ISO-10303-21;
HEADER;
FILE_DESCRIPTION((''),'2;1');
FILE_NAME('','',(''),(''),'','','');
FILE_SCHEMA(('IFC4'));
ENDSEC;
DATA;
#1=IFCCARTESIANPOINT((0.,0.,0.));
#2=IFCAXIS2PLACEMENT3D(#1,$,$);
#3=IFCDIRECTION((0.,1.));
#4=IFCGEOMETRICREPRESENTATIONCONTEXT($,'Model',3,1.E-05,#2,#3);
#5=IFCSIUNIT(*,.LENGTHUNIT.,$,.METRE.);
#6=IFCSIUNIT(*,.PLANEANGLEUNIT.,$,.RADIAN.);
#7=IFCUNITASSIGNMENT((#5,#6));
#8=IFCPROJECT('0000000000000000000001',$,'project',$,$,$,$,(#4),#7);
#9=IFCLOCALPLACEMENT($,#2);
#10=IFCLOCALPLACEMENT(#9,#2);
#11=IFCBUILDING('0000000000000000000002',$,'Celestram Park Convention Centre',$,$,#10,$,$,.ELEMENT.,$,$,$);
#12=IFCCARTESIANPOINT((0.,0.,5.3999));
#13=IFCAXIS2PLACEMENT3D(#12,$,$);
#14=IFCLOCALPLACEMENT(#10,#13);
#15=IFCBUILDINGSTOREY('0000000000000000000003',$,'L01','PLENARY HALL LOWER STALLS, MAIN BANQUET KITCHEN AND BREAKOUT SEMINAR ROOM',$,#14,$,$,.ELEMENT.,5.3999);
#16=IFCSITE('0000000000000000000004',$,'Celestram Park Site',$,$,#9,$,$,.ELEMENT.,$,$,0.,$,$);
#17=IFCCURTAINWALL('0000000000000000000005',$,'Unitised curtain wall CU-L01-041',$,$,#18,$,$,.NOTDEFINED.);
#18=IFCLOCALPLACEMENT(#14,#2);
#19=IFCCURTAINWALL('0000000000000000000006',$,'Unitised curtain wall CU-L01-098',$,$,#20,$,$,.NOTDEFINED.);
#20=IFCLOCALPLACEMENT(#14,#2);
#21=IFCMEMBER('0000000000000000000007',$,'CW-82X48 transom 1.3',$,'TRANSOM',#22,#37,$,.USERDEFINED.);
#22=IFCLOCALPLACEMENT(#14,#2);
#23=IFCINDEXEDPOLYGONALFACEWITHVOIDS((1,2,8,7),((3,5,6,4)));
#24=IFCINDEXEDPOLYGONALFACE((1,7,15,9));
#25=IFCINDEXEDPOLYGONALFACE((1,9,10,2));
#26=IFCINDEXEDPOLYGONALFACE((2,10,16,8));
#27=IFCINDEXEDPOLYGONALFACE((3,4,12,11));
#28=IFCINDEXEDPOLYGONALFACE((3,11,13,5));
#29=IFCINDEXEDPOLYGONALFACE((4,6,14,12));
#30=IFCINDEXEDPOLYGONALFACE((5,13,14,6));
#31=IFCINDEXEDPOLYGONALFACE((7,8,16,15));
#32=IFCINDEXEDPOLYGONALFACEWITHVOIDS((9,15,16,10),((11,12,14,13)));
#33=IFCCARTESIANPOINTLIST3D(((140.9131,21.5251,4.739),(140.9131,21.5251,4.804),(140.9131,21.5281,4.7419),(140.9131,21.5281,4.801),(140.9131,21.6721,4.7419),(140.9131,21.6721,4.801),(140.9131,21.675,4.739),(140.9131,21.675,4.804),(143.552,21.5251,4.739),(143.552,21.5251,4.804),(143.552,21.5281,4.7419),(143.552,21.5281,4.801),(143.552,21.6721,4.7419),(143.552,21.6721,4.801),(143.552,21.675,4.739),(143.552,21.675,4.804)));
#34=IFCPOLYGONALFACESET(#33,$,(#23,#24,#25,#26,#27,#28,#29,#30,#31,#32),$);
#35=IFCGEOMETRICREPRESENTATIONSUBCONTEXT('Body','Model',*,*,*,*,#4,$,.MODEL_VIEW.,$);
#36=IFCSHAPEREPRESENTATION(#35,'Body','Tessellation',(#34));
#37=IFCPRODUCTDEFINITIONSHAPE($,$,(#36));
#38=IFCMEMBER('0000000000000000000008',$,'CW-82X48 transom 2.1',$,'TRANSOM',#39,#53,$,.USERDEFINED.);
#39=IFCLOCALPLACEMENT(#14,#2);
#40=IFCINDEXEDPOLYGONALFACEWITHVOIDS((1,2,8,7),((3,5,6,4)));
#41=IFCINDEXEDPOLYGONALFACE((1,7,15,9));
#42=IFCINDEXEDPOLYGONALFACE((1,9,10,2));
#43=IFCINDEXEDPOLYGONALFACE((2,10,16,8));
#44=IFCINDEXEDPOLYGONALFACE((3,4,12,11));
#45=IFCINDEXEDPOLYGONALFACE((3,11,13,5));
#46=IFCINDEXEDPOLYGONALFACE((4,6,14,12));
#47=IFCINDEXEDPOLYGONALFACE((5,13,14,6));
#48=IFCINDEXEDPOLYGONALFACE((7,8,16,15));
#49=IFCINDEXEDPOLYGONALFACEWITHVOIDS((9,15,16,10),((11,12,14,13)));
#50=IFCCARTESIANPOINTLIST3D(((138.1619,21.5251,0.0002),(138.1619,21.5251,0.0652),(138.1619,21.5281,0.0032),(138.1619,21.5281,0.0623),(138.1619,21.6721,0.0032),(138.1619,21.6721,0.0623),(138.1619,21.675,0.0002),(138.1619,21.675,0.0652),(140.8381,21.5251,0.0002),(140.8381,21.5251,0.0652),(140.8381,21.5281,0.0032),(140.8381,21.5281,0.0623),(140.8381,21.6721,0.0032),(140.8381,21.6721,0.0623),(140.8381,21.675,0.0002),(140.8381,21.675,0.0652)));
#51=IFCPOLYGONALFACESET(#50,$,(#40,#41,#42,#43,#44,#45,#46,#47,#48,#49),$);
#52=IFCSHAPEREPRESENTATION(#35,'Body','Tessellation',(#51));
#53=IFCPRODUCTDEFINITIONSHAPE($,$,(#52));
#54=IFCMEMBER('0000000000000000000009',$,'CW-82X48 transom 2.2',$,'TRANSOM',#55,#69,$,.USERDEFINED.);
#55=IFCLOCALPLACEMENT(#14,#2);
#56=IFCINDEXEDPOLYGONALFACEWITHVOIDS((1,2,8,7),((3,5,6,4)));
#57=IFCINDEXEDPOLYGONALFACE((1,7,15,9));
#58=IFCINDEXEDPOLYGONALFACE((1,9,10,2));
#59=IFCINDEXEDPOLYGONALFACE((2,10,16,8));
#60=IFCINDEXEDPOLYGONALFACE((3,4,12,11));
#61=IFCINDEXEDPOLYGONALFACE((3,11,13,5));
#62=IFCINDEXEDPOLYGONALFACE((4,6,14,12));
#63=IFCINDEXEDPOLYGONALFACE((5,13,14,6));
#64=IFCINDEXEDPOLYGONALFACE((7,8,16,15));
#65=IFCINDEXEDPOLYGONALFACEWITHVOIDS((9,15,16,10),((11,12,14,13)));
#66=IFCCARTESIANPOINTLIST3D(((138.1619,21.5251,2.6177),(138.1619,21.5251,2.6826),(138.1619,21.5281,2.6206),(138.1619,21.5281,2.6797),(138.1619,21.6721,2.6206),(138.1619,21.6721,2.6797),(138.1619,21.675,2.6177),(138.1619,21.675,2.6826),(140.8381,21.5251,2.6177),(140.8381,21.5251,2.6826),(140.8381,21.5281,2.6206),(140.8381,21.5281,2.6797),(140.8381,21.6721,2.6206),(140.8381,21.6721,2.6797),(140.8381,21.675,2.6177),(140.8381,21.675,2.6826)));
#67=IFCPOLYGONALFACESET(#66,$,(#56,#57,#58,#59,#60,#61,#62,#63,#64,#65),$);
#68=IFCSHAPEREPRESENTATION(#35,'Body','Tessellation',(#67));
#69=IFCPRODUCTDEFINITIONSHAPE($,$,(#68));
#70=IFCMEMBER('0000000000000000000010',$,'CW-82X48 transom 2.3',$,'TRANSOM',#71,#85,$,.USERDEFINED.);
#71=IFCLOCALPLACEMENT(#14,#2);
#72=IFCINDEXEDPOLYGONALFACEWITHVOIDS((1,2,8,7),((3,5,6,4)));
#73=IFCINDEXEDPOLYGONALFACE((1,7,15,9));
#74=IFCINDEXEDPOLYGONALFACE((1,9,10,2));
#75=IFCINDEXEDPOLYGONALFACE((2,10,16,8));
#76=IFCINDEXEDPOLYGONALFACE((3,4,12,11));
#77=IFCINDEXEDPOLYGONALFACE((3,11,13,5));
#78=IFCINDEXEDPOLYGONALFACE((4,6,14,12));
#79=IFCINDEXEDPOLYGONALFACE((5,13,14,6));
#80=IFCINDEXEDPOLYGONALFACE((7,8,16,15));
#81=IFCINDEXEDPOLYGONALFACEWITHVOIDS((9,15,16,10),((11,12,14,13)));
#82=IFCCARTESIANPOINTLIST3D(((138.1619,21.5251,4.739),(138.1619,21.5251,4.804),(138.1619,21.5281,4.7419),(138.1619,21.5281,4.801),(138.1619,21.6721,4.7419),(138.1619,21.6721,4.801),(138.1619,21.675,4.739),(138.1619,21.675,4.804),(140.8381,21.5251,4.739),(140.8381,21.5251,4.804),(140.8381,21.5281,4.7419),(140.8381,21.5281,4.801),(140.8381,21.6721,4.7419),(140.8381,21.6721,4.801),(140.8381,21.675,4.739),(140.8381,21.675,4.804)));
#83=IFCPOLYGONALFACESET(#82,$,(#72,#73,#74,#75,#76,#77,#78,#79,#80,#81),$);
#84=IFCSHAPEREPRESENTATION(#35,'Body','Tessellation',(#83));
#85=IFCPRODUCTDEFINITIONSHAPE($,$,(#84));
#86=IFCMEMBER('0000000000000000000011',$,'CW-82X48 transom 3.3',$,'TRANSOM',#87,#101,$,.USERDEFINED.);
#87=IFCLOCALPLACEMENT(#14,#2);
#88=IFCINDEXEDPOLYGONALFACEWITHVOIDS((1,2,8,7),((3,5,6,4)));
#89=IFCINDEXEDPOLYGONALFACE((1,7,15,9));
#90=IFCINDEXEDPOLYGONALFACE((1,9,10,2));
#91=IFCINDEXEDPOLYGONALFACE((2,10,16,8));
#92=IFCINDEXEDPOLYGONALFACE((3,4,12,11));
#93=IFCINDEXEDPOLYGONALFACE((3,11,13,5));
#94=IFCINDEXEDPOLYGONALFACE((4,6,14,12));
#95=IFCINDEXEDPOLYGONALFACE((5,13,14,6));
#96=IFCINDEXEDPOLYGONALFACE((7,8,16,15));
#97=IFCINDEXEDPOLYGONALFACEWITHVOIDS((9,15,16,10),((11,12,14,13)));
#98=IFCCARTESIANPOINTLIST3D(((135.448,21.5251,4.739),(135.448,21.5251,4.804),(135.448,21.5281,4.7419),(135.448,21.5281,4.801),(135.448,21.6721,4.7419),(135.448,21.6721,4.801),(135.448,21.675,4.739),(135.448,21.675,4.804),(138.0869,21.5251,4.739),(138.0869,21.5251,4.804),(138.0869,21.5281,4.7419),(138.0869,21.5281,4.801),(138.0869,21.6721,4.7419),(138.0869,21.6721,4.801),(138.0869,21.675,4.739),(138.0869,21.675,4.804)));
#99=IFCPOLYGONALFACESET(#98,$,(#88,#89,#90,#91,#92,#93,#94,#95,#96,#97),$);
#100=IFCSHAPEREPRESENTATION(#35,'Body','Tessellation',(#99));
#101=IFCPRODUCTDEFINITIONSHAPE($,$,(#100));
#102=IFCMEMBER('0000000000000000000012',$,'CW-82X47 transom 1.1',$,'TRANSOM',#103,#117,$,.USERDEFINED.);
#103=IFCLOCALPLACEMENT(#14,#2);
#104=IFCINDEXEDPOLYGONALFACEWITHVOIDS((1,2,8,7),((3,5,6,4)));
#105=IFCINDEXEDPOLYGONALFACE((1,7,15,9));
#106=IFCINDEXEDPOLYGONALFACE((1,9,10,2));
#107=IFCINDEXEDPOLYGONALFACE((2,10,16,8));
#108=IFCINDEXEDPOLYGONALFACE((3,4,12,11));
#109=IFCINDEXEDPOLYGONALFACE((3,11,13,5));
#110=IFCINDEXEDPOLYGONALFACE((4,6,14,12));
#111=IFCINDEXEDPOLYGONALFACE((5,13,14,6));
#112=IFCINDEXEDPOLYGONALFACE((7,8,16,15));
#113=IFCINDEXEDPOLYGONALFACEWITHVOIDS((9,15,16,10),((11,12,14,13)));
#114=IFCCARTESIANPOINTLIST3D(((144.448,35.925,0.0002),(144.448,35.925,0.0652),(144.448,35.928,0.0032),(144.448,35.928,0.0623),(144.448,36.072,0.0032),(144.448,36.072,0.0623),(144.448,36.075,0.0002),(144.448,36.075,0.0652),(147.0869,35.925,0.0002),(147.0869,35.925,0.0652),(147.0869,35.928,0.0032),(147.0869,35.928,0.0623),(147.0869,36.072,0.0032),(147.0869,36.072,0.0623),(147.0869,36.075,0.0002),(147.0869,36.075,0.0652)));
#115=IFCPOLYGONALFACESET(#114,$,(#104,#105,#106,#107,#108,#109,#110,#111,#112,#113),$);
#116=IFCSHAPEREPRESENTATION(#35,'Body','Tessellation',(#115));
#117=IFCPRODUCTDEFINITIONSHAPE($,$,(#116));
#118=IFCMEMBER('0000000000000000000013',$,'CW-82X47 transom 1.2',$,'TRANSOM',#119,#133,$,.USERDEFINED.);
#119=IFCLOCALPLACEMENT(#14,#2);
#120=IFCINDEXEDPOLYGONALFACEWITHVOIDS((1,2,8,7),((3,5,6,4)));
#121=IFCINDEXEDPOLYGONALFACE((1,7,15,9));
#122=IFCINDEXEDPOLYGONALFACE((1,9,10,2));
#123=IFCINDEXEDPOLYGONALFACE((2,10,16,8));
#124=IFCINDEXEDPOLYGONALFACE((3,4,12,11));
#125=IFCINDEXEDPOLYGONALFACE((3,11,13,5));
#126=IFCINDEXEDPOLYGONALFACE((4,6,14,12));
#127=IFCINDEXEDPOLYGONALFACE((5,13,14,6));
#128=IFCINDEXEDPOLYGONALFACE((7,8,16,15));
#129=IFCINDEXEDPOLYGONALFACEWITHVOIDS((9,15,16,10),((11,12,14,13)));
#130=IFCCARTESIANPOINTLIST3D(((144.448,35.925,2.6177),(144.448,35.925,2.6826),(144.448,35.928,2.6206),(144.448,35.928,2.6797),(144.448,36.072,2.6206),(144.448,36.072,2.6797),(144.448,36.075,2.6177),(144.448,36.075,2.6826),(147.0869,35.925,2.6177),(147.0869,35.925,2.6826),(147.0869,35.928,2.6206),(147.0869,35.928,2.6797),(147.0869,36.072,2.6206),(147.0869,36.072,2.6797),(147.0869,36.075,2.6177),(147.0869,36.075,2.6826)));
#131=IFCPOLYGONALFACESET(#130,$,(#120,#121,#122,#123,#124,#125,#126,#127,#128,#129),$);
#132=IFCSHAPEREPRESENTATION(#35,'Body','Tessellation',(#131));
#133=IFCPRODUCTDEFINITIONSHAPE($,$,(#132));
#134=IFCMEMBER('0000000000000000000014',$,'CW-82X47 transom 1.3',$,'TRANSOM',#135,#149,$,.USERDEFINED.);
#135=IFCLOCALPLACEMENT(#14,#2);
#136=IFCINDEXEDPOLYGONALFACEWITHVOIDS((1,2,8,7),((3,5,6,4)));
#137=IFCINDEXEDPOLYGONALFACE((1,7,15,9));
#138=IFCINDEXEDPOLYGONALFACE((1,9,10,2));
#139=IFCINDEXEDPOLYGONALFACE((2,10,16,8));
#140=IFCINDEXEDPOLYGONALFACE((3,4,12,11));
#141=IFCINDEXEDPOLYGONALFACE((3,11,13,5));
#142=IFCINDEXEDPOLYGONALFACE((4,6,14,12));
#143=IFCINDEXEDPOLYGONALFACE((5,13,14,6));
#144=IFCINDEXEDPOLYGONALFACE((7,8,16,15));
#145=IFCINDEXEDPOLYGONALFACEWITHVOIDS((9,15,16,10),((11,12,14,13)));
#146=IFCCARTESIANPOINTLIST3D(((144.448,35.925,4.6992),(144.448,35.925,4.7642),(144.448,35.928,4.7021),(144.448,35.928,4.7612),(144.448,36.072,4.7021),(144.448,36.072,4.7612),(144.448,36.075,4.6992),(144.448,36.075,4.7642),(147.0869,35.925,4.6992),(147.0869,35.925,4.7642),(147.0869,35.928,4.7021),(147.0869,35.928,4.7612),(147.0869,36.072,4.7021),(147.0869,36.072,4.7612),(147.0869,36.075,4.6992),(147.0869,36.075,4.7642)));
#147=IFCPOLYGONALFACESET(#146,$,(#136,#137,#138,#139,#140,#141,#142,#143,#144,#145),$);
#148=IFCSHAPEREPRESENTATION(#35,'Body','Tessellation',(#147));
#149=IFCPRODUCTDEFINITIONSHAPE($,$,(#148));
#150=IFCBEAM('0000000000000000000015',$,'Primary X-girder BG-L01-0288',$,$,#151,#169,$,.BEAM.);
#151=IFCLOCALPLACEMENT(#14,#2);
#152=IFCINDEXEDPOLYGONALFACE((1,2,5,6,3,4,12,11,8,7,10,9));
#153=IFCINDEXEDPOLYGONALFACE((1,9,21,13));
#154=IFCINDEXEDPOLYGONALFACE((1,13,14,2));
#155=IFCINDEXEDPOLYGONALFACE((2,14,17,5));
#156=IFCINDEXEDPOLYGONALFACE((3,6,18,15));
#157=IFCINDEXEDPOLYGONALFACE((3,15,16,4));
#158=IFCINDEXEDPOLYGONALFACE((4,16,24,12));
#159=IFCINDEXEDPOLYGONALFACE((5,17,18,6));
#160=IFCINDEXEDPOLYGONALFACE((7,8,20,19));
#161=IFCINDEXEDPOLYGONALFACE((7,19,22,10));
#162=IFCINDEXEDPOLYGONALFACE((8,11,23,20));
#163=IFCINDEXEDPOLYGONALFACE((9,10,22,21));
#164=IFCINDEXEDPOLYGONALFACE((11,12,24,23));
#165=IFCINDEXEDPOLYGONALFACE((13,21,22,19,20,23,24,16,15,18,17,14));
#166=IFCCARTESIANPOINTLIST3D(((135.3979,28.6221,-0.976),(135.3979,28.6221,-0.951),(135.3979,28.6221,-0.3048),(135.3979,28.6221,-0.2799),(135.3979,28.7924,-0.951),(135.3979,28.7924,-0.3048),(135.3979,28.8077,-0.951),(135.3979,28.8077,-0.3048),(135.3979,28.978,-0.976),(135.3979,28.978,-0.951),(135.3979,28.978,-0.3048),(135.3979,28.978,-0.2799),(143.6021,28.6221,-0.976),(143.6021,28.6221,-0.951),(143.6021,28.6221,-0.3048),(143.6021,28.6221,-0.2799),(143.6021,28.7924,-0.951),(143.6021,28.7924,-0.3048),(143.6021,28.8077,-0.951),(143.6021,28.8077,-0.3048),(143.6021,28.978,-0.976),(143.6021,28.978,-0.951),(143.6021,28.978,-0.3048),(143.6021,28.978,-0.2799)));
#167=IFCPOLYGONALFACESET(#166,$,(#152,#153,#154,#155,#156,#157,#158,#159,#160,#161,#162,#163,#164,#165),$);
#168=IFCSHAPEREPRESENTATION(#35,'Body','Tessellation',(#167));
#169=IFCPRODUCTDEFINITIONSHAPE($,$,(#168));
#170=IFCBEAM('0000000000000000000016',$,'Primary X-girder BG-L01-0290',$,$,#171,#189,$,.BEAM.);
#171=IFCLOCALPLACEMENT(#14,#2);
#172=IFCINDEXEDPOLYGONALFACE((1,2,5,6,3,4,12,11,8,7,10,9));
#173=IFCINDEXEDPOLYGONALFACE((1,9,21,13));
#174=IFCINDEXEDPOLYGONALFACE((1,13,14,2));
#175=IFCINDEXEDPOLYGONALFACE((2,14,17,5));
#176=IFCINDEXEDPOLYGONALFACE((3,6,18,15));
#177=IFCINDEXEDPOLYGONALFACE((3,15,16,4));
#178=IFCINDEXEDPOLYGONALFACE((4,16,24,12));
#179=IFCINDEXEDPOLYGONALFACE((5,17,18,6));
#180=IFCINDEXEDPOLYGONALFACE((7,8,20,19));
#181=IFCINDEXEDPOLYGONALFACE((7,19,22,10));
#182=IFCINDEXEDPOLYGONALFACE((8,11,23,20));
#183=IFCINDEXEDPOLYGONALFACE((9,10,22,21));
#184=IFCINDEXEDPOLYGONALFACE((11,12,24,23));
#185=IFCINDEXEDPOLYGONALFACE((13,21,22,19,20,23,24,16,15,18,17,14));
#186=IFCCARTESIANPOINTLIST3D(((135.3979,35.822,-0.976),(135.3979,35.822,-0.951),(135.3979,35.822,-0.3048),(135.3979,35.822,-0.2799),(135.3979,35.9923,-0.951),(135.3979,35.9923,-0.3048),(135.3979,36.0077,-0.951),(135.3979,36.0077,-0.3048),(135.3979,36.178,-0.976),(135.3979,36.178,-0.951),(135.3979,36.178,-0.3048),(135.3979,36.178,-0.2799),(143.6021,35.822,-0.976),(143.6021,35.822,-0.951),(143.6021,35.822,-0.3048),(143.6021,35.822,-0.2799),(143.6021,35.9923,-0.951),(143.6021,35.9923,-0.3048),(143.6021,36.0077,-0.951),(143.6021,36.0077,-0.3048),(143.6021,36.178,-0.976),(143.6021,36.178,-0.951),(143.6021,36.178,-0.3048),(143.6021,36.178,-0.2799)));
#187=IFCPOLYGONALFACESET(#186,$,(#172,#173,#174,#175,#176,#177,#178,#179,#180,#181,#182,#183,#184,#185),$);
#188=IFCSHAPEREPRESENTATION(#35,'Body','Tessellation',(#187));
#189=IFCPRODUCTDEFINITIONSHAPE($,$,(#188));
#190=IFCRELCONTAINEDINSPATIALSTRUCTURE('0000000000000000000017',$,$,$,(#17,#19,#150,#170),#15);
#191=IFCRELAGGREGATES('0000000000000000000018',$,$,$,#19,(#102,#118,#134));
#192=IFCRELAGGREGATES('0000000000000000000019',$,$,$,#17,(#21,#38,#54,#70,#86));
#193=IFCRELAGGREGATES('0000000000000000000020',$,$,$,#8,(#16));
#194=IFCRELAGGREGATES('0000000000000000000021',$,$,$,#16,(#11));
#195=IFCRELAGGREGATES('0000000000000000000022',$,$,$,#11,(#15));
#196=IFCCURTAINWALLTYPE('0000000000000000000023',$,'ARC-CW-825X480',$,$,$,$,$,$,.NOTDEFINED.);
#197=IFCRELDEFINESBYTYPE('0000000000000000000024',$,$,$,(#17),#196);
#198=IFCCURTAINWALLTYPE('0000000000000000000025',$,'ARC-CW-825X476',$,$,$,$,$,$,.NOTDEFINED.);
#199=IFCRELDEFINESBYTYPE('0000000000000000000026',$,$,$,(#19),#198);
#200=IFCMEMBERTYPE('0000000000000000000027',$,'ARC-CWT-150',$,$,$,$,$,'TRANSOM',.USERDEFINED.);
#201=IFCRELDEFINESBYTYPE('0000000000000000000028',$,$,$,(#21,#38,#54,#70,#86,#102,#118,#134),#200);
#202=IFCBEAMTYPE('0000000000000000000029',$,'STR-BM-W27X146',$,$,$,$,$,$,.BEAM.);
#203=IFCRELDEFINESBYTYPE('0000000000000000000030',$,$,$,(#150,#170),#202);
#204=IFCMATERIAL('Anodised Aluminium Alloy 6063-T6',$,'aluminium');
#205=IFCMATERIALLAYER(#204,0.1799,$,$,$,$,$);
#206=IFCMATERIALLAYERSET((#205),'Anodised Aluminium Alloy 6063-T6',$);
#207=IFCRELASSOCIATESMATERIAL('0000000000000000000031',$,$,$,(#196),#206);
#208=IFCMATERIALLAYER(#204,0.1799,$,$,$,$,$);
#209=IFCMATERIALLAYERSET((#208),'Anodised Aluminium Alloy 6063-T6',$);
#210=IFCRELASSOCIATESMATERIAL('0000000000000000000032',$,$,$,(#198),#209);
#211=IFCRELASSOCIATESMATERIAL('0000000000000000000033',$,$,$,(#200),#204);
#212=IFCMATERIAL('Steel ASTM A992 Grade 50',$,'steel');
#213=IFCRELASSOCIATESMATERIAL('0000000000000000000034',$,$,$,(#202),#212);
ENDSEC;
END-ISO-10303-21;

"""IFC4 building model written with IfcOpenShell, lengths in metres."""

from ifc_helpers import new_model, si_unit, direction, frame, origin, origin_2d, place, context, subcontext, project, spatial, hollow_rectangle, i_section, extrude, material, layer, layer_set, material_profile, profile_set, type_object, element, aggregate, save


model = new_model("IFC4")

# Units and contexts
model_context = context("Model", 3, precision=1e-05, world=origin(), true_north=direction((0.0, 1.0)))
body_context = subcontext(model_context, "Body", "Model", "MODEL_VIEW")
ifc_project = project(units=[si_unit("LENGTHUNIT", "METRE"), si_unit("PLANEANGLEUNIT", "RADIAN")], contexts=[model_context])

# Site, building, storey
site_placement = place(None, origin())
site = spatial("IfcSite", under=ifc_project, at=site_placement, Name="Celestram Park Site", CompositionType="ELEMENT", RefElevation=0.0)
building_placement = place(site_placement, origin())
building = spatial("IfcBuilding", under=site, at=building_placement, Name="Celestram Park Convention Centre", CompositionType="ELEMENT")
storey_placement = place(building_placement, frame((0.0, 0.0, 5.3999)))
storey = spatial("IfcBuildingStorey", under=building, at=storey_placement, Name="L01", Description="PLENARY HALL LOWER STALLS, MAIN BANQUET KITCHEN AND BREAKOUT SEMINAR ROOM", CompositionType="ELEMENT", Elevation=5.3999)

# Shared definitions
ifc_material_1 = material(Name="Anodised Aluminium Alloy 6063-T6", Category="aluminium")

# Curtain wall
ifc_layer_1 = layer(ifc_material_1, 0.1799)
ifc_layer_set_1 = layer_set([ifc_layer_1], Name="Anodised Aluminium Alloy 6063-T6")
curtain_wall_type_1 = type_object("IfcCurtainWallType", Name="ARC-CW-825X480", PredefinedType="NOTDEFINED", material=ifc_layer_set_1)
curtain_wall_1_placement = place(storey_placement, origin())
curtain_wall_1 = element("IfcCurtainWall", 1, at=curtain_wall_1_placement, inside=storey, type_object=curtain_wall_type_1, Name="Unitised curtain wall CU-L01-041", PredefinedType="NOTDEFINED")

# Curtain wall
ifc_layer_2 = layer(ifc_material_1, 0.1799)
ifc_layer_set_2 = layer_set([ifc_layer_2], Name="Anodised Aluminium Alloy 6063-T6")
curtain_wall_type_2 = type_object("IfcCurtainWallType", Name="ARC-CW-825X476", PredefinedType="NOTDEFINED", material=ifc_layer_set_2)
curtain_wall_2_placement = place(storey_placement, origin())
curtain_wall_2 = element("IfcCurtainWall", 2, at=curtain_wall_2_placement, inside=storey, type_object=curtain_wall_type_2, Name="Unitised curtain wall CU-L01-098", PredefinedType="NOTDEFINED")

# Members
ifc_material_profile_1 = material_profile(ifc_material_1, hollow_rectangle(XDim=0.1499, YDim=0.0649, WallThickness=0.0029, at=origin_2d()), Name="ALU150X65X3")
ifc_profile_set_1 = profile_set([ifc_material_profile_1], Name="Anodised Aluminium Alloy 6063-T6")
member_type_1 = type_object("IfcMemberType", Name="ARC-CWT-150", ElementType="TRANSOM", PredefinedType="USERDEFINED", material=ifc_profile_set_1)
member_1_placement = place(storey_placement, frame((143.552, 21.6001, 4.7715), z_axis=(-1.0, 0.0, 0.0), x_axis=(0.0, -1.0, 0.0)))
member_1 = element("IfcMember", 3, at=member_1_placement, type_object=member_type_1, Name="CW-82X48 transom 1.3", ObjectType="TRANSOM", PredefinedType="USERDEFINED", context=body_context, shape_type="SweptSolid", body=[
    extrude(hollow_rectangle(XDim=0.1499, YDim=0.0649, WallThickness=0.0029, at=origin_2d()), origin(), (0.0, 0.0, 1.0), 2.6389),
])
member_2_placement = place(storey_placement, frame((140.8381, 21.6001, 0.0327), z_axis=(-1.0, 0.0, 0.0), x_axis=(0.0, -1.0, 0.0)))
member_2 = element("IfcMember", 4, at=member_2_placement, type_object=member_type_1, Name="CW-82X48 transom 2.1", ObjectType="TRANSOM", PredefinedType="USERDEFINED", context=body_context, shape_type="SweptSolid", body=[
    extrude(hollow_rectangle(XDim=0.1499, YDim=0.0649, WallThickness=0.0029, at=origin_2d()), origin(), (0.0, 0.0, 1.0), 2.6763),
])
member_3_placement = place(storey_placement, frame((140.8381, 21.6001, 2.6501), z_axis=(-1.0, 0.0, 0.0), x_axis=(0.0, -1.0, 0.0)))
member_3 = element("IfcMember", 5, at=member_3_placement, type_object=member_type_1, Name="CW-82X48 transom 2.2", ObjectType="TRANSOM", PredefinedType="USERDEFINED", context=body_context, shape_type="SweptSolid", body=[
    extrude(hollow_rectangle(XDim=0.1499, YDim=0.0649, WallThickness=0.0029, at=origin_2d()), origin(), (0.0, 0.0, 1.0), 2.6763),
])
member_4_placement = place(storey_placement, frame((140.8381, 21.6001, 4.7715), z_axis=(-1.0, 0.0, 0.0), x_axis=(0.0, -1.0, 0.0)))
member_4 = element("IfcMember", 6, at=member_4_placement, type_object=member_type_1, Name="CW-82X48 transom 2.3", ObjectType="TRANSOM", PredefinedType="USERDEFINED", context=body_context, shape_type="SweptSolid", body=[
    extrude(hollow_rectangle(XDim=0.1499, YDim=0.0649, WallThickness=0.0029, at=origin_2d()), origin(), (0.0, 0.0, 1.0), 2.6763),
])
member_5_placement = place(storey_placement, frame((138.0869, 21.6001, 4.7715), z_axis=(-1.0, 0.0, 0.0), x_axis=(0.0, -1.0, 0.0)))
member_5 = element("IfcMember", 7, at=member_5_placement, type_object=member_type_1, Name="CW-82X48 transom 3.3", ObjectType="TRANSOM", PredefinedType="USERDEFINED", context=body_context, shape_type="SweptSolid", body=[
    extrude(hollow_rectangle(XDim=0.1499, YDim=0.0649, WallThickness=0.0029, at=origin_2d()), origin(), (0.0, 0.0, 1.0), 2.6389),
])
member_6_placement = place(storey_placement, frame((144.448, 36.0, 0.0327), z_axis=(1.0, 0.0, 0.0), x_axis=(0.0, 1.0, 0.0)))
member_6 = element("IfcMember", 8, at=member_6_placement, type_object=member_type_1, Name="CW-82X47 transom 1.1", ObjectType="TRANSOM", PredefinedType="USERDEFINED", context=body_context, shape_type="SweptSolid", body=[
    extrude(hollow_rectangle(XDim=0.1499, YDim=0.0649, WallThickness=0.0029, at=origin_2d()), origin(), (0.0, 0.0, 1.0), 2.6389),
])
member_7_placement = place(storey_placement, frame((144.448, 36.0, 2.6501), z_axis=(1.0, 0.0, 0.0), x_axis=(0.0, 1.0, 0.0)))
member_7 = element("IfcMember", 9, at=member_7_placement, type_object=member_type_1, Name="CW-82X47 transom 1.2", ObjectType="TRANSOM", PredefinedType="USERDEFINED", context=body_context, shape_type="SweptSolid", body=[
    extrude(hollow_rectangle(XDim=0.1499, YDim=0.0649, WallThickness=0.0029, at=origin_2d()), origin(), (0.0, 0.0, 1.0), 2.6389),
])
member_8_placement = place(storey_placement, frame((144.448, 36.0, 4.7317), z_axis=(1.0, 0.0, 0.0), x_axis=(0.0, 1.0, 0.0)))
member_8 = element("IfcMember", 10, at=member_8_placement, type_object=member_type_1, Name="CW-82X47 transom 1.3", ObjectType="TRANSOM", PredefinedType="USERDEFINED", context=body_context, shape_type="SweptSolid", body=[
    extrude(hollow_rectangle(XDim=0.1499, YDim=0.0649, WallThickness=0.0029, at=origin_2d()), origin(), (0.0, 0.0, 1.0), 2.6389),
])
aggregate(curtain_wall_2, [member_6, member_7, member_8])

# Beams
ifc_material_2 = material(Name="Steel ASTM A992 Grade 50", Category="steel")
ifc_material_profile_2 = material_profile(ifc_material_2, i_section(OverallWidth=0.356, OverallDepth=0.696, WebThickness=0.0154, FlangeThickness=0.0249, at=origin_2d()), Name="W27X146")
ifc_profile_set_2 = profile_set([ifc_material_profile_2], Name="Steel ASTM A992 Grade 50")
beam_type_1 = type_object("IfcBeamType", Name="STR-BM-W27X146", PredefinedType="BEAM", material=ifc_profile_set_2)
for number, where, z_axis, x_axis, name in (
    (11, (135.3979, 28.8, -0.6279), (1.0, 0.0, 0.0), (0.0, 1.0, 0.0), "Primary X-girder BG-L01-0288"),
    (12, (135.3979, 36.0, -0.6279), (1.0, 0.0, 0.0), (0.0, 1.0, 0.0), "Primary X-girder BG-L01-0290"),
):
    element("IfcBeam", number, at=place(storey_placement, frame(where, z_axis=z_axis, x_axis=x_axis)), inside=storey, type_object=beam_type_1, Name=name, PredefinedType="BEAM", context=body_context, shape_type="SweptSolid", body=[
        extrude(i_section(OverallWidth=0.356, OverallDepth=0.696, WebThickness=0.0154, FlangeThickness=0.0249, at=origin_2d()), origin(), (0.0, 0.0, 1.0), 8.2041),
    ])

aggregate(curtain_wall_1, [member_1, member_2, member_3, member_4, member_5])

save(model, "model.ifc")
